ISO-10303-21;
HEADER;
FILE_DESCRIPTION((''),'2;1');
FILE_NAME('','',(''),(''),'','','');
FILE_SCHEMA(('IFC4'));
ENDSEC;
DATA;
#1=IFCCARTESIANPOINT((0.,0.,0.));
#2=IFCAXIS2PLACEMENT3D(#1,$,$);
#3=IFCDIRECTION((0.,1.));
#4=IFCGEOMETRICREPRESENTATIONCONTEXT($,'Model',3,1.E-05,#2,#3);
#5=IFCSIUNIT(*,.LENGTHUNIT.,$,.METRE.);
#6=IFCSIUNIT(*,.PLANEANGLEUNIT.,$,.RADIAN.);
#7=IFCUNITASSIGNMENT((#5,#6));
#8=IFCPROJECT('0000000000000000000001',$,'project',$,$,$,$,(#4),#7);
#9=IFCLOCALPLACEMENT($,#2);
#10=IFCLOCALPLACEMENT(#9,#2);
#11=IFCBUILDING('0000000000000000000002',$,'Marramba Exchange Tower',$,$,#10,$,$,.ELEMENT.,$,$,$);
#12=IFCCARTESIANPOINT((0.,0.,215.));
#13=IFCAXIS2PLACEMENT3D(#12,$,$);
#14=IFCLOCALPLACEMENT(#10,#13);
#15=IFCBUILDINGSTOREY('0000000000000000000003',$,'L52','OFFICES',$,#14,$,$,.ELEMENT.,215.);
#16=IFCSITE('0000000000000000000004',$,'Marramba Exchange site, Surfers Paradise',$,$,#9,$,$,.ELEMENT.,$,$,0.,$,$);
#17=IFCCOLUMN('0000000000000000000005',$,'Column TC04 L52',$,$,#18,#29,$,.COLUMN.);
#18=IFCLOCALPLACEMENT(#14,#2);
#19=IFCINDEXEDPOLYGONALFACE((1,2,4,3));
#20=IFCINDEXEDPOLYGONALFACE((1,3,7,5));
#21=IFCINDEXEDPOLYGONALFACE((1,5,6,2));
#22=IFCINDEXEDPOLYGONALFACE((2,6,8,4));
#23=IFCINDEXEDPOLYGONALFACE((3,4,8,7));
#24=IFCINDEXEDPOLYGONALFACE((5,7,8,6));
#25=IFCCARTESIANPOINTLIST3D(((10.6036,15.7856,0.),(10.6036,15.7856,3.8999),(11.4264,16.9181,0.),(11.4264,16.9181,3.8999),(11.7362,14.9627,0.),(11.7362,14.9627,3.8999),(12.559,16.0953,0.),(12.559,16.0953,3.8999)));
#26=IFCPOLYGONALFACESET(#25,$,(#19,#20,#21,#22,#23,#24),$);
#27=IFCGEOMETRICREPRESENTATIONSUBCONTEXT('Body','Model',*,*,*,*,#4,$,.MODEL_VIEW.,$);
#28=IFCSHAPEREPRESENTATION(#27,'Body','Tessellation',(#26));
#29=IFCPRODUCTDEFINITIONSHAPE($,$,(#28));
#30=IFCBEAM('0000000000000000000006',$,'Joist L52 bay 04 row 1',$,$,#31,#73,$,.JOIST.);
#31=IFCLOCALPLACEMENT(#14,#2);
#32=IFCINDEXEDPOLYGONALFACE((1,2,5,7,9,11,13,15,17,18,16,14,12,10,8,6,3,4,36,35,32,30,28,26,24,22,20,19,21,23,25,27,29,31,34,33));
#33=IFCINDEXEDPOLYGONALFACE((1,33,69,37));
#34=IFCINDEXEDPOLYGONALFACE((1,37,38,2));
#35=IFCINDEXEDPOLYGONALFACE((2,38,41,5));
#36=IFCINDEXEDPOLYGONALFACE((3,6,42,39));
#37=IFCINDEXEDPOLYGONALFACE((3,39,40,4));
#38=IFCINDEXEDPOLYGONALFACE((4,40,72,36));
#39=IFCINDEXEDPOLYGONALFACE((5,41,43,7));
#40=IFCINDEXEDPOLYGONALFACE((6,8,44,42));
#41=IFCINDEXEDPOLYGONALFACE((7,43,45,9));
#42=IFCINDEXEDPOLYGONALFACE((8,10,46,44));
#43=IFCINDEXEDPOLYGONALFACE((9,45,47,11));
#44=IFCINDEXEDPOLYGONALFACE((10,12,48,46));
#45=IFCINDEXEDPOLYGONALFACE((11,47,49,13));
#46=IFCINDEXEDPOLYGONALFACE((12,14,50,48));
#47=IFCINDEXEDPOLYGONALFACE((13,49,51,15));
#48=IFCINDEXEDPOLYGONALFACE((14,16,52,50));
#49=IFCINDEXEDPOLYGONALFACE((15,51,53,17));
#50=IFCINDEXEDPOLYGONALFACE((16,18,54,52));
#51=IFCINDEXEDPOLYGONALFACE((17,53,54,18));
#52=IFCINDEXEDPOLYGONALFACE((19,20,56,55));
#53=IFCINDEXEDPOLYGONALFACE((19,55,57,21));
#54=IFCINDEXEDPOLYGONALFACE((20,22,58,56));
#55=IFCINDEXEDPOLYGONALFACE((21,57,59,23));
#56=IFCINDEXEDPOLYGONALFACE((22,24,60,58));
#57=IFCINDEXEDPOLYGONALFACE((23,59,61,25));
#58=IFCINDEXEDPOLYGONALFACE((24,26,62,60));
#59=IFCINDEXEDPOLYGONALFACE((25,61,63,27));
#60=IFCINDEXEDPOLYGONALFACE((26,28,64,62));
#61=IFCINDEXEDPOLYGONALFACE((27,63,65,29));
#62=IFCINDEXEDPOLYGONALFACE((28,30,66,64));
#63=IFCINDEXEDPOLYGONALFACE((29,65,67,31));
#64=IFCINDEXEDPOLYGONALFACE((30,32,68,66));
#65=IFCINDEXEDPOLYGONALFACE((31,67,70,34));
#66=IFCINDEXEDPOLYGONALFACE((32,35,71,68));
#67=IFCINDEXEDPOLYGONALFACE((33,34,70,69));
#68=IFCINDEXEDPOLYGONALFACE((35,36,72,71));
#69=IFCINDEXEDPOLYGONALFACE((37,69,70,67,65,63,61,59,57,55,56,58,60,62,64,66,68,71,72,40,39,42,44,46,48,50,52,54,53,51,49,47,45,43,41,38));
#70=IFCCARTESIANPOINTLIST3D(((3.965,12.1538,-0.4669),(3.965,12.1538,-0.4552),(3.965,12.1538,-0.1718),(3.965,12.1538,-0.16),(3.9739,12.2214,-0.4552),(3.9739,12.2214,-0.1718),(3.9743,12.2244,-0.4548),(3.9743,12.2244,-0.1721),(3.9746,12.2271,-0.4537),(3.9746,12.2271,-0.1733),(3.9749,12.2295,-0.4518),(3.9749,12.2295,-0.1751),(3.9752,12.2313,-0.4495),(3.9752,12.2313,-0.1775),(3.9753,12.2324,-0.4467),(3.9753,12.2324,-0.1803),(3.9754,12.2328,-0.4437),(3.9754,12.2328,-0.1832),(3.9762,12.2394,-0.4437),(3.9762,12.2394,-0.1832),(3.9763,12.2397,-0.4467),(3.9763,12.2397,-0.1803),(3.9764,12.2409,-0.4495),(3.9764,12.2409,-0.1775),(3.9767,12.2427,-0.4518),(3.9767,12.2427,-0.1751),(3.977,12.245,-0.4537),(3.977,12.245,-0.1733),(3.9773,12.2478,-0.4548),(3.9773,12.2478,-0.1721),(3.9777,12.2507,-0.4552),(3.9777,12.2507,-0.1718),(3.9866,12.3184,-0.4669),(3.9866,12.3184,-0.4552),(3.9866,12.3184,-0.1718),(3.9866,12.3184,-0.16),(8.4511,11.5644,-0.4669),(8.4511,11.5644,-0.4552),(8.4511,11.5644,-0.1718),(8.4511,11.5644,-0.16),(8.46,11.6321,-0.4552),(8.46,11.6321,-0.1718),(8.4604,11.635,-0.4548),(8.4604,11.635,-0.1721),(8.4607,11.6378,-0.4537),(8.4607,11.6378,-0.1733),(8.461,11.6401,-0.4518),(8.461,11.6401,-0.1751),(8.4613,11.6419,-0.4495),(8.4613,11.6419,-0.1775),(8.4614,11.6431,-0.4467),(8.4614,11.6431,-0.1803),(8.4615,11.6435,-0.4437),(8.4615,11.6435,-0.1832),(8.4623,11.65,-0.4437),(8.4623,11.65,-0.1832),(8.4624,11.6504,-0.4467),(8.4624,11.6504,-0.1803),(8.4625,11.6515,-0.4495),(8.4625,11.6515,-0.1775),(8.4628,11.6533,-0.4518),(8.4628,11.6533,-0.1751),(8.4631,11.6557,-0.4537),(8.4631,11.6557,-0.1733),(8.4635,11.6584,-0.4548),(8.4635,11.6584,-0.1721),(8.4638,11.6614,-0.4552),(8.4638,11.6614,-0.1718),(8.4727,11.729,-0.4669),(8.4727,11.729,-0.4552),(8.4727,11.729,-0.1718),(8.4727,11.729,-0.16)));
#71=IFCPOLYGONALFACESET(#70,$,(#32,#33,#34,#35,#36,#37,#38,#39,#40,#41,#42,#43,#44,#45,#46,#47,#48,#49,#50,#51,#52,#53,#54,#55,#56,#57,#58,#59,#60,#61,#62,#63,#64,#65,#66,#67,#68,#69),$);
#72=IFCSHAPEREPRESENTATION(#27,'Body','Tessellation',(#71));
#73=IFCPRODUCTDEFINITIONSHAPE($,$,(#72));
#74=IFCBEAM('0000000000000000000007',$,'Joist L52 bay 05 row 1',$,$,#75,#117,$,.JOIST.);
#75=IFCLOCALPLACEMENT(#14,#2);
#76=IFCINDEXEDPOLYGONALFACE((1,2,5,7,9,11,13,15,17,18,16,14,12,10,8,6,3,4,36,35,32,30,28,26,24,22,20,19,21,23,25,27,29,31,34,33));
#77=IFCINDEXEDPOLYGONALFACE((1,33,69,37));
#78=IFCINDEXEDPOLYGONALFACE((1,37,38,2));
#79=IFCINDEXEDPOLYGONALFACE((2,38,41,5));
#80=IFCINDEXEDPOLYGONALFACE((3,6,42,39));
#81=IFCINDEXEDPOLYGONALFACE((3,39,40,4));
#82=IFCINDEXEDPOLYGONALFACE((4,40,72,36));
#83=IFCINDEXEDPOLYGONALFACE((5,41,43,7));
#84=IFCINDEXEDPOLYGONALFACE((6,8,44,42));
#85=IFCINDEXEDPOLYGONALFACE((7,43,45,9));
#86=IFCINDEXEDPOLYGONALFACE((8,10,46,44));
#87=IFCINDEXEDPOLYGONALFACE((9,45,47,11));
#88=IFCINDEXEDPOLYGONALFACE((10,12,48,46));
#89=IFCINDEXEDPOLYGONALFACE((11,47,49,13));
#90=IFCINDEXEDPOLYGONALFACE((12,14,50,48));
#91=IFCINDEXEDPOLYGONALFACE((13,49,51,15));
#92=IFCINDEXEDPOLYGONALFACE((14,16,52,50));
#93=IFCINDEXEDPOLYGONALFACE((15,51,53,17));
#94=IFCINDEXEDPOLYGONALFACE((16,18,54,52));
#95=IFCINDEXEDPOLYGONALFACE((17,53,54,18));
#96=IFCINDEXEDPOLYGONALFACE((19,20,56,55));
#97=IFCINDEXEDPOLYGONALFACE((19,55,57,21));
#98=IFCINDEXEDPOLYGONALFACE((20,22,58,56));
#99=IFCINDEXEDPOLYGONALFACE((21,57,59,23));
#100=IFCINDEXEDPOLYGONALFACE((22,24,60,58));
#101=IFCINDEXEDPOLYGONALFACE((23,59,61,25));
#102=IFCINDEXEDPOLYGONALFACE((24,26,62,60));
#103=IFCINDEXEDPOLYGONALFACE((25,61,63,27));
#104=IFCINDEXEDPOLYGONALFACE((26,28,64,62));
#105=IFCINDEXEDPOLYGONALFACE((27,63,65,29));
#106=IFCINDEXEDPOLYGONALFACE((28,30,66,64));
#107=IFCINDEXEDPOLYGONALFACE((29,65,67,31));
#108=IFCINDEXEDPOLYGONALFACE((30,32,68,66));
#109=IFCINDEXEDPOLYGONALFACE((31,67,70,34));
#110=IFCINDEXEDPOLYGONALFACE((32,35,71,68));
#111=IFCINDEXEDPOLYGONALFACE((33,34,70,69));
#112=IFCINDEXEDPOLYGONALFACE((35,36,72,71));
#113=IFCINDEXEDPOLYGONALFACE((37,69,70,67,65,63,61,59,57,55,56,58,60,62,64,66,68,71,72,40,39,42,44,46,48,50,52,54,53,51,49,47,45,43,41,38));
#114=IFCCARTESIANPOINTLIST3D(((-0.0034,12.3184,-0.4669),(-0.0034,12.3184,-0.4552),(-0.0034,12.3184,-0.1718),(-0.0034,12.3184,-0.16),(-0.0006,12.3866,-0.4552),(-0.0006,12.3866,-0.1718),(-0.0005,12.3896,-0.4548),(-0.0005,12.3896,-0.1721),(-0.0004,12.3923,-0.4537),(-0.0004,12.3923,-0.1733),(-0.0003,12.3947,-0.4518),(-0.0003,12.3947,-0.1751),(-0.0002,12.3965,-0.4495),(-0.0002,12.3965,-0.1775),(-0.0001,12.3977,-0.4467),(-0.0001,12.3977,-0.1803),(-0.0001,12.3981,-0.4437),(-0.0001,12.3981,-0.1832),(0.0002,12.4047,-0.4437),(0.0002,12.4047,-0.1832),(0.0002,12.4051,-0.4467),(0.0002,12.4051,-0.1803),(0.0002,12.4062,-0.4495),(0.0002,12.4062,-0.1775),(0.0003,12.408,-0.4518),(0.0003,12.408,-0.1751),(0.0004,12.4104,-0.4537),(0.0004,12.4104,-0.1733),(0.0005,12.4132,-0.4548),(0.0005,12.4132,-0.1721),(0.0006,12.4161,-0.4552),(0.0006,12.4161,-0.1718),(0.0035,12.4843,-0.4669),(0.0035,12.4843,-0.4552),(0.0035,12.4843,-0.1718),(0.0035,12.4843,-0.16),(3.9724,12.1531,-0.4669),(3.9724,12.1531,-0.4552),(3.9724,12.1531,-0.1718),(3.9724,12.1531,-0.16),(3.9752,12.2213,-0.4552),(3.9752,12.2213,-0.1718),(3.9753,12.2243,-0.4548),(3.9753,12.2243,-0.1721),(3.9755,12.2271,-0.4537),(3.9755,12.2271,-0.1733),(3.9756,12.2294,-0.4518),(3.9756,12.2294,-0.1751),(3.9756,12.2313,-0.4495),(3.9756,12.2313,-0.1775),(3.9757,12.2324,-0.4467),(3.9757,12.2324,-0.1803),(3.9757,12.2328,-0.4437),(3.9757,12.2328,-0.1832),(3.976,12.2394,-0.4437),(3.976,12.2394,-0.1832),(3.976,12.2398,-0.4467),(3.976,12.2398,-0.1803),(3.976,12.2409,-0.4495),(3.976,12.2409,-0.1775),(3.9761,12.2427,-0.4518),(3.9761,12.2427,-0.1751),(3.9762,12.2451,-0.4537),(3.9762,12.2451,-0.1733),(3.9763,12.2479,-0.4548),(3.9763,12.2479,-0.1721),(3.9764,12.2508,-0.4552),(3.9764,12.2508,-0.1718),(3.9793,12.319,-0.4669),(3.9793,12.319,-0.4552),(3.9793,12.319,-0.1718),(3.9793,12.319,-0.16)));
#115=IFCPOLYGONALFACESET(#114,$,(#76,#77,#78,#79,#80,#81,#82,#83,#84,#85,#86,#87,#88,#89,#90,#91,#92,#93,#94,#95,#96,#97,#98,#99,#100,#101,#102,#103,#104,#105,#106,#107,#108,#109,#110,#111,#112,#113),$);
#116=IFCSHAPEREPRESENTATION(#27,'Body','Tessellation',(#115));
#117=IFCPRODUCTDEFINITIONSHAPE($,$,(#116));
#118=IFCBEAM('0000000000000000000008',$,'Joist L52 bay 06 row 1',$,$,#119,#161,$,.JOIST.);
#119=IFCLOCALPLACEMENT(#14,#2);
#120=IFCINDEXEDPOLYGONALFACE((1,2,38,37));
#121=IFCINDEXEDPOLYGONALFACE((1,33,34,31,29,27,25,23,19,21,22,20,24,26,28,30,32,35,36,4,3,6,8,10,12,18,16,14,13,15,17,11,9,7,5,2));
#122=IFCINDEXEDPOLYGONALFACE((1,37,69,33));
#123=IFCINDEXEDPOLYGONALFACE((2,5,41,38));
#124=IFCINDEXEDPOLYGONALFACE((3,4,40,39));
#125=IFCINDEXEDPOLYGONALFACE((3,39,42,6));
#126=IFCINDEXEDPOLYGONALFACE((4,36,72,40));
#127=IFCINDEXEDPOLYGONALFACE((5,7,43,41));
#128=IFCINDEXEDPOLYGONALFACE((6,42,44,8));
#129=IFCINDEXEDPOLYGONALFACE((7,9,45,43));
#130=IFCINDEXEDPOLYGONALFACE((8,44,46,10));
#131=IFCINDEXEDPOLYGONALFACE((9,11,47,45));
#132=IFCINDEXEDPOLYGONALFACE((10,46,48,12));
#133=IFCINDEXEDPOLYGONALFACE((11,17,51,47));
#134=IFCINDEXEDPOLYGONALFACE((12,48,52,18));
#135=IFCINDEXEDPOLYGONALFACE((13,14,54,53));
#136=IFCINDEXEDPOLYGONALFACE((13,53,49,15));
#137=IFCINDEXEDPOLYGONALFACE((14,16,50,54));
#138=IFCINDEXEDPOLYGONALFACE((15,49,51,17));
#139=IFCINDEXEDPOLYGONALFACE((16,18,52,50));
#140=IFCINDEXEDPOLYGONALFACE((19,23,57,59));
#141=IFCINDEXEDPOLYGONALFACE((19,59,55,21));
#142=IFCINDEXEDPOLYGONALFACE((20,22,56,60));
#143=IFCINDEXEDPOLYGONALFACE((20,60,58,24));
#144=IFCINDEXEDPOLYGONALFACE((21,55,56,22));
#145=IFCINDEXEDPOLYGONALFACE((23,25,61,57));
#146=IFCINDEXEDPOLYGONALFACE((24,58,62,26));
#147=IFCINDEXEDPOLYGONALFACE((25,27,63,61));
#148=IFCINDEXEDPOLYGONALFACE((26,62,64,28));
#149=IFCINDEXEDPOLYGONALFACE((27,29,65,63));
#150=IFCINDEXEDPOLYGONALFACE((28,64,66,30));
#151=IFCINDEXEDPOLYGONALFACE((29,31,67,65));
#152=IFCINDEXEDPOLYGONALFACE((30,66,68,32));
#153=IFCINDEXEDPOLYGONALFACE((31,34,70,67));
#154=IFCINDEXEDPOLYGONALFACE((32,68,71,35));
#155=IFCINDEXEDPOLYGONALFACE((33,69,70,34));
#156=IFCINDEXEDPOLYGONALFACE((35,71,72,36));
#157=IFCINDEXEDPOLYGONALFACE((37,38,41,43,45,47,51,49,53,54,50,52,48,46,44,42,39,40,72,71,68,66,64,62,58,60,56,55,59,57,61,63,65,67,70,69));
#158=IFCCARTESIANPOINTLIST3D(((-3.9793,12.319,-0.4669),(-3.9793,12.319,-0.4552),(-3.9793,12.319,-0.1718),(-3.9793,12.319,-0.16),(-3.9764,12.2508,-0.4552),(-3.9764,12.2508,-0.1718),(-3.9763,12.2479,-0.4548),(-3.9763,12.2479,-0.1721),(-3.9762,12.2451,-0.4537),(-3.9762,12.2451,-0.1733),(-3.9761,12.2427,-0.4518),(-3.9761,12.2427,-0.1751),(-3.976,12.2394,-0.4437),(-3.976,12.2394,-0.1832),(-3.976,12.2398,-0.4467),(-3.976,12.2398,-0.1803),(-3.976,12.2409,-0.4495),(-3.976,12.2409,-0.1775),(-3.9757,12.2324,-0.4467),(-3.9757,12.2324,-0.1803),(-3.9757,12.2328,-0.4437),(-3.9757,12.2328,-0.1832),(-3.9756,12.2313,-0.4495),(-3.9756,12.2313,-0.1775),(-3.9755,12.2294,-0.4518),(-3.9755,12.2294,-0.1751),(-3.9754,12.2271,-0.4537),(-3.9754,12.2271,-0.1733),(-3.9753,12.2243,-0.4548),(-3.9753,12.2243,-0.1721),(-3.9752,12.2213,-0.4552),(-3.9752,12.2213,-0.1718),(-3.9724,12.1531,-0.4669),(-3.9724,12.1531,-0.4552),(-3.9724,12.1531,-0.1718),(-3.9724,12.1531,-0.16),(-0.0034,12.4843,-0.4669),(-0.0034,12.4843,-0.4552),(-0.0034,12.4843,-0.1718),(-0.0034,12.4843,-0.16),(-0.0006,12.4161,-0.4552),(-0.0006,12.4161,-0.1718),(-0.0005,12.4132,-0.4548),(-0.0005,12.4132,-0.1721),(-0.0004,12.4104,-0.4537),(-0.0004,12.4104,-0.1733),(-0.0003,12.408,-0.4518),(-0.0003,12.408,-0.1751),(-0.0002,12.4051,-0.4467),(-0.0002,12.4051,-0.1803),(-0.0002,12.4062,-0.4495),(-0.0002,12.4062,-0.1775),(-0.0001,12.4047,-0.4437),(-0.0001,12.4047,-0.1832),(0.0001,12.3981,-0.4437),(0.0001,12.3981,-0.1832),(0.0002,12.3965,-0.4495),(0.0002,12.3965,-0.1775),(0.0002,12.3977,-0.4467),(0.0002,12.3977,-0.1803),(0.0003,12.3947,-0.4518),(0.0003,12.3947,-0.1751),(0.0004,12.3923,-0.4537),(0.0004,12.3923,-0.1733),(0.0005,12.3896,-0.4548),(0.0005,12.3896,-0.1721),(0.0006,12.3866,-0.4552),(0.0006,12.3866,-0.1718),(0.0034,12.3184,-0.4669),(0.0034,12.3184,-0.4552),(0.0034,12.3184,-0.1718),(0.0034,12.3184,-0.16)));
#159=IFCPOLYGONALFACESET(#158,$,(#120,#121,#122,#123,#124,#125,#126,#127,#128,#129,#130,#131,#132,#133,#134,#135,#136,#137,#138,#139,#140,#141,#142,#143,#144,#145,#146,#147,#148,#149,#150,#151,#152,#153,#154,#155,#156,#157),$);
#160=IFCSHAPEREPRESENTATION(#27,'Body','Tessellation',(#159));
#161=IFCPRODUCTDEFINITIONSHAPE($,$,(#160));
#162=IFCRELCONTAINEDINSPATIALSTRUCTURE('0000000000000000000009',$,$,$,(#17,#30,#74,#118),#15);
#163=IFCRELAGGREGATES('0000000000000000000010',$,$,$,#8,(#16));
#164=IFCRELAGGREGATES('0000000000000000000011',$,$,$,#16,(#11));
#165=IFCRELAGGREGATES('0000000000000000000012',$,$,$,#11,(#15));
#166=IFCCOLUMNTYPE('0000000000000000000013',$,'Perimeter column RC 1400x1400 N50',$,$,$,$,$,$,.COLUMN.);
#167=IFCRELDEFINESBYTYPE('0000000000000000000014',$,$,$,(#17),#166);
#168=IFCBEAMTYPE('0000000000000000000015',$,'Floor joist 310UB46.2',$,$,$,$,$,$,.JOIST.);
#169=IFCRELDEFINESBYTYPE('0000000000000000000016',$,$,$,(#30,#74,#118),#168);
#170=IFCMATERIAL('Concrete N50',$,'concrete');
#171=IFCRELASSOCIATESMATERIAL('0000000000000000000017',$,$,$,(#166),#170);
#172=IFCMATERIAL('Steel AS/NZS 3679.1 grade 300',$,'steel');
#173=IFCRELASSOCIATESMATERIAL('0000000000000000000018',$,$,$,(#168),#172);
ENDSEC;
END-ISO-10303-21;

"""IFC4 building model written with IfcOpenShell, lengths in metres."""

from ifc_helpers import new_model, si_unit, direction, frame, origin, origin_2d, place, context, subcontext, project, spatial, rectangle, i_section, extrude, material, material_profile, profile_set, type_object, element, save


model = new_model("IFC4")

# Units and contexts
model_context = context("Model", 3, precision=1e-05, world=origin(), true_north=direction((0.0, 1.0)))
body_context = subcontext(model_context, "Body", "Model", "MODEL_VIEW")
ifc_project = project(units=[si_unit("LENGTHUNIT", "METRE"), si_unit("PLANEANGLEUNIT", "RADIAN")], contexts=[model_context])

# Site, building, storey
site_placement = place(None, origin())
site = spatial("IfcSite", under=ifc_project, at=site_placement, Name="Marramba Exchange site, Surfers Paradise", CompositionType="ELEMENT", RefElevation=0.0)
building_placement = place(site_placement, origin())
building = spatial("IfcBuilding", under=site, at=building_placement, Name="Marramba Exchange Tower", CompositionType="ELEMENT")
storey_placement = place(building_placement, frame((0.0, 0.0, 215.0)))
storey = spatial("IfcBuildingStorey", under=building, at=storey_placement, Name="L52", Description="OFFICES", CompositionType="ELEMENT", Elevation=215.0)

# Column
ifc_material_1 = material(Name="Concrete N50", Category="concrete")
ifc_material_profile_1 = material_profile(ifc_material_1, rectangle(XDim=1.3999, YDim=1.3999, at=origin_2d()), Name="RC 1400x1400")
ifc_profile_set_1 = profile_set([ifc_material_profile_1], Name="Concrete N50")
column_type = type_object("IfcColumnType", Name="Perimeter column RC 1400x1400 N50", PredefinedType="COLUMN", material=ifc_profile_set_1)
column_placement = place(storey_placement, frame((11.5813, 15.9404, 0.0), z_axis=(0.0, 0.0, 1.0), x_axis=(0.587785, 0.809017, 0.0)))
element("IfcColumn", 1, at=column_placement, inside=storey, type_object=column_type, Name="Column TC04 L52", PredefinedType="COLUMN", context=body_context, shape_type="SweptSolid", body=[
    extrude(rectangle(XDim=1.3999, YDim=1.3999, at=origin_2d()), origin(), (0.0, 0.0, 1.0), 3.8999),
])

# Beams
ifc_material_2 = material(Name="Steel AS/NZS 3679.1 grade 300", Category="steel")
ifc_material_profile_2 = material_profile(ifc_material_2, i_section(OverallWidth=0.166, OverallDepth=0.3069, WebThickness=0.0066, FlangeThickness=0.0117, FilletRadius=0.0115, at=origin_2d()), Name="310UB46.2")
ifc_profile_set_2 = profile_set([ifc_material_profile_2], Name="Steel AS/NZS 3679.1 grade 300")
beam_type_1 = type_object("IfcBeamType", Name="Floor joist 310UB46.2", PredefinedType="JOIST", material=ifc_profile_set_2)
beam_1_placement = place(storey_placement, frame((8.4619, 11.6467, -0.3135), z_axis=(-0.991481, 0.130255, 0.0), x_axis=(-0.130255, -0.991481, 0.0)))
element("IfcBeam", 2, at=beam_1_placement, inside=storey, type_object=beam_type_1, Name="Joist L52 bay 04 row 1", PredefinedType="JOIST", context=body_context, shape_type="SweptSolid", body=[
    extrude(i_section(OverallWidth=0.166, OverallDepth=0.3069, WebThickness=0.0066, FlangeThickness=0.0117, FilletRadius=0.0115, at=origin_2d()), origin(), (0.0, 0.0, 1.0), 4.5247),
])
for number, where, z_axis, x_axis, name in (
    (3, (3.9758, 12.2361, -0.3135), (-0.999137, 0.041536, 0.0), (-0.041536, -0.999137, 0.0), "Joist L52 bay 05 row 1"),
    (4, (0.0, 12.4014, -0.3135), (-0.999137, -0.041536, 0.0), (0.041536, -0.999137, 0.0), "Joist L52 bay 06 row 1"),
):
    element("IfcBeam", number, at=place(storey_placement, frame(where, z_axis=z_axis, x_axis=x_axis)), inside=storey, type_object=beam_type_1, Name=name, PredefinedType="JOIST", context=body_context, shape_type="SweptSolid", body=[
        extrude(i_section(OverallWidth=0.166, OverallDepth=0.3069, WebThickness=0.0066, FlangeThickness=0.0117, FilletRadius=0.0115, at=origin_2d()), origin(), (0.0, 0.0, 1.0), 3.9792),
    ])

save(model, "model.ifc")
